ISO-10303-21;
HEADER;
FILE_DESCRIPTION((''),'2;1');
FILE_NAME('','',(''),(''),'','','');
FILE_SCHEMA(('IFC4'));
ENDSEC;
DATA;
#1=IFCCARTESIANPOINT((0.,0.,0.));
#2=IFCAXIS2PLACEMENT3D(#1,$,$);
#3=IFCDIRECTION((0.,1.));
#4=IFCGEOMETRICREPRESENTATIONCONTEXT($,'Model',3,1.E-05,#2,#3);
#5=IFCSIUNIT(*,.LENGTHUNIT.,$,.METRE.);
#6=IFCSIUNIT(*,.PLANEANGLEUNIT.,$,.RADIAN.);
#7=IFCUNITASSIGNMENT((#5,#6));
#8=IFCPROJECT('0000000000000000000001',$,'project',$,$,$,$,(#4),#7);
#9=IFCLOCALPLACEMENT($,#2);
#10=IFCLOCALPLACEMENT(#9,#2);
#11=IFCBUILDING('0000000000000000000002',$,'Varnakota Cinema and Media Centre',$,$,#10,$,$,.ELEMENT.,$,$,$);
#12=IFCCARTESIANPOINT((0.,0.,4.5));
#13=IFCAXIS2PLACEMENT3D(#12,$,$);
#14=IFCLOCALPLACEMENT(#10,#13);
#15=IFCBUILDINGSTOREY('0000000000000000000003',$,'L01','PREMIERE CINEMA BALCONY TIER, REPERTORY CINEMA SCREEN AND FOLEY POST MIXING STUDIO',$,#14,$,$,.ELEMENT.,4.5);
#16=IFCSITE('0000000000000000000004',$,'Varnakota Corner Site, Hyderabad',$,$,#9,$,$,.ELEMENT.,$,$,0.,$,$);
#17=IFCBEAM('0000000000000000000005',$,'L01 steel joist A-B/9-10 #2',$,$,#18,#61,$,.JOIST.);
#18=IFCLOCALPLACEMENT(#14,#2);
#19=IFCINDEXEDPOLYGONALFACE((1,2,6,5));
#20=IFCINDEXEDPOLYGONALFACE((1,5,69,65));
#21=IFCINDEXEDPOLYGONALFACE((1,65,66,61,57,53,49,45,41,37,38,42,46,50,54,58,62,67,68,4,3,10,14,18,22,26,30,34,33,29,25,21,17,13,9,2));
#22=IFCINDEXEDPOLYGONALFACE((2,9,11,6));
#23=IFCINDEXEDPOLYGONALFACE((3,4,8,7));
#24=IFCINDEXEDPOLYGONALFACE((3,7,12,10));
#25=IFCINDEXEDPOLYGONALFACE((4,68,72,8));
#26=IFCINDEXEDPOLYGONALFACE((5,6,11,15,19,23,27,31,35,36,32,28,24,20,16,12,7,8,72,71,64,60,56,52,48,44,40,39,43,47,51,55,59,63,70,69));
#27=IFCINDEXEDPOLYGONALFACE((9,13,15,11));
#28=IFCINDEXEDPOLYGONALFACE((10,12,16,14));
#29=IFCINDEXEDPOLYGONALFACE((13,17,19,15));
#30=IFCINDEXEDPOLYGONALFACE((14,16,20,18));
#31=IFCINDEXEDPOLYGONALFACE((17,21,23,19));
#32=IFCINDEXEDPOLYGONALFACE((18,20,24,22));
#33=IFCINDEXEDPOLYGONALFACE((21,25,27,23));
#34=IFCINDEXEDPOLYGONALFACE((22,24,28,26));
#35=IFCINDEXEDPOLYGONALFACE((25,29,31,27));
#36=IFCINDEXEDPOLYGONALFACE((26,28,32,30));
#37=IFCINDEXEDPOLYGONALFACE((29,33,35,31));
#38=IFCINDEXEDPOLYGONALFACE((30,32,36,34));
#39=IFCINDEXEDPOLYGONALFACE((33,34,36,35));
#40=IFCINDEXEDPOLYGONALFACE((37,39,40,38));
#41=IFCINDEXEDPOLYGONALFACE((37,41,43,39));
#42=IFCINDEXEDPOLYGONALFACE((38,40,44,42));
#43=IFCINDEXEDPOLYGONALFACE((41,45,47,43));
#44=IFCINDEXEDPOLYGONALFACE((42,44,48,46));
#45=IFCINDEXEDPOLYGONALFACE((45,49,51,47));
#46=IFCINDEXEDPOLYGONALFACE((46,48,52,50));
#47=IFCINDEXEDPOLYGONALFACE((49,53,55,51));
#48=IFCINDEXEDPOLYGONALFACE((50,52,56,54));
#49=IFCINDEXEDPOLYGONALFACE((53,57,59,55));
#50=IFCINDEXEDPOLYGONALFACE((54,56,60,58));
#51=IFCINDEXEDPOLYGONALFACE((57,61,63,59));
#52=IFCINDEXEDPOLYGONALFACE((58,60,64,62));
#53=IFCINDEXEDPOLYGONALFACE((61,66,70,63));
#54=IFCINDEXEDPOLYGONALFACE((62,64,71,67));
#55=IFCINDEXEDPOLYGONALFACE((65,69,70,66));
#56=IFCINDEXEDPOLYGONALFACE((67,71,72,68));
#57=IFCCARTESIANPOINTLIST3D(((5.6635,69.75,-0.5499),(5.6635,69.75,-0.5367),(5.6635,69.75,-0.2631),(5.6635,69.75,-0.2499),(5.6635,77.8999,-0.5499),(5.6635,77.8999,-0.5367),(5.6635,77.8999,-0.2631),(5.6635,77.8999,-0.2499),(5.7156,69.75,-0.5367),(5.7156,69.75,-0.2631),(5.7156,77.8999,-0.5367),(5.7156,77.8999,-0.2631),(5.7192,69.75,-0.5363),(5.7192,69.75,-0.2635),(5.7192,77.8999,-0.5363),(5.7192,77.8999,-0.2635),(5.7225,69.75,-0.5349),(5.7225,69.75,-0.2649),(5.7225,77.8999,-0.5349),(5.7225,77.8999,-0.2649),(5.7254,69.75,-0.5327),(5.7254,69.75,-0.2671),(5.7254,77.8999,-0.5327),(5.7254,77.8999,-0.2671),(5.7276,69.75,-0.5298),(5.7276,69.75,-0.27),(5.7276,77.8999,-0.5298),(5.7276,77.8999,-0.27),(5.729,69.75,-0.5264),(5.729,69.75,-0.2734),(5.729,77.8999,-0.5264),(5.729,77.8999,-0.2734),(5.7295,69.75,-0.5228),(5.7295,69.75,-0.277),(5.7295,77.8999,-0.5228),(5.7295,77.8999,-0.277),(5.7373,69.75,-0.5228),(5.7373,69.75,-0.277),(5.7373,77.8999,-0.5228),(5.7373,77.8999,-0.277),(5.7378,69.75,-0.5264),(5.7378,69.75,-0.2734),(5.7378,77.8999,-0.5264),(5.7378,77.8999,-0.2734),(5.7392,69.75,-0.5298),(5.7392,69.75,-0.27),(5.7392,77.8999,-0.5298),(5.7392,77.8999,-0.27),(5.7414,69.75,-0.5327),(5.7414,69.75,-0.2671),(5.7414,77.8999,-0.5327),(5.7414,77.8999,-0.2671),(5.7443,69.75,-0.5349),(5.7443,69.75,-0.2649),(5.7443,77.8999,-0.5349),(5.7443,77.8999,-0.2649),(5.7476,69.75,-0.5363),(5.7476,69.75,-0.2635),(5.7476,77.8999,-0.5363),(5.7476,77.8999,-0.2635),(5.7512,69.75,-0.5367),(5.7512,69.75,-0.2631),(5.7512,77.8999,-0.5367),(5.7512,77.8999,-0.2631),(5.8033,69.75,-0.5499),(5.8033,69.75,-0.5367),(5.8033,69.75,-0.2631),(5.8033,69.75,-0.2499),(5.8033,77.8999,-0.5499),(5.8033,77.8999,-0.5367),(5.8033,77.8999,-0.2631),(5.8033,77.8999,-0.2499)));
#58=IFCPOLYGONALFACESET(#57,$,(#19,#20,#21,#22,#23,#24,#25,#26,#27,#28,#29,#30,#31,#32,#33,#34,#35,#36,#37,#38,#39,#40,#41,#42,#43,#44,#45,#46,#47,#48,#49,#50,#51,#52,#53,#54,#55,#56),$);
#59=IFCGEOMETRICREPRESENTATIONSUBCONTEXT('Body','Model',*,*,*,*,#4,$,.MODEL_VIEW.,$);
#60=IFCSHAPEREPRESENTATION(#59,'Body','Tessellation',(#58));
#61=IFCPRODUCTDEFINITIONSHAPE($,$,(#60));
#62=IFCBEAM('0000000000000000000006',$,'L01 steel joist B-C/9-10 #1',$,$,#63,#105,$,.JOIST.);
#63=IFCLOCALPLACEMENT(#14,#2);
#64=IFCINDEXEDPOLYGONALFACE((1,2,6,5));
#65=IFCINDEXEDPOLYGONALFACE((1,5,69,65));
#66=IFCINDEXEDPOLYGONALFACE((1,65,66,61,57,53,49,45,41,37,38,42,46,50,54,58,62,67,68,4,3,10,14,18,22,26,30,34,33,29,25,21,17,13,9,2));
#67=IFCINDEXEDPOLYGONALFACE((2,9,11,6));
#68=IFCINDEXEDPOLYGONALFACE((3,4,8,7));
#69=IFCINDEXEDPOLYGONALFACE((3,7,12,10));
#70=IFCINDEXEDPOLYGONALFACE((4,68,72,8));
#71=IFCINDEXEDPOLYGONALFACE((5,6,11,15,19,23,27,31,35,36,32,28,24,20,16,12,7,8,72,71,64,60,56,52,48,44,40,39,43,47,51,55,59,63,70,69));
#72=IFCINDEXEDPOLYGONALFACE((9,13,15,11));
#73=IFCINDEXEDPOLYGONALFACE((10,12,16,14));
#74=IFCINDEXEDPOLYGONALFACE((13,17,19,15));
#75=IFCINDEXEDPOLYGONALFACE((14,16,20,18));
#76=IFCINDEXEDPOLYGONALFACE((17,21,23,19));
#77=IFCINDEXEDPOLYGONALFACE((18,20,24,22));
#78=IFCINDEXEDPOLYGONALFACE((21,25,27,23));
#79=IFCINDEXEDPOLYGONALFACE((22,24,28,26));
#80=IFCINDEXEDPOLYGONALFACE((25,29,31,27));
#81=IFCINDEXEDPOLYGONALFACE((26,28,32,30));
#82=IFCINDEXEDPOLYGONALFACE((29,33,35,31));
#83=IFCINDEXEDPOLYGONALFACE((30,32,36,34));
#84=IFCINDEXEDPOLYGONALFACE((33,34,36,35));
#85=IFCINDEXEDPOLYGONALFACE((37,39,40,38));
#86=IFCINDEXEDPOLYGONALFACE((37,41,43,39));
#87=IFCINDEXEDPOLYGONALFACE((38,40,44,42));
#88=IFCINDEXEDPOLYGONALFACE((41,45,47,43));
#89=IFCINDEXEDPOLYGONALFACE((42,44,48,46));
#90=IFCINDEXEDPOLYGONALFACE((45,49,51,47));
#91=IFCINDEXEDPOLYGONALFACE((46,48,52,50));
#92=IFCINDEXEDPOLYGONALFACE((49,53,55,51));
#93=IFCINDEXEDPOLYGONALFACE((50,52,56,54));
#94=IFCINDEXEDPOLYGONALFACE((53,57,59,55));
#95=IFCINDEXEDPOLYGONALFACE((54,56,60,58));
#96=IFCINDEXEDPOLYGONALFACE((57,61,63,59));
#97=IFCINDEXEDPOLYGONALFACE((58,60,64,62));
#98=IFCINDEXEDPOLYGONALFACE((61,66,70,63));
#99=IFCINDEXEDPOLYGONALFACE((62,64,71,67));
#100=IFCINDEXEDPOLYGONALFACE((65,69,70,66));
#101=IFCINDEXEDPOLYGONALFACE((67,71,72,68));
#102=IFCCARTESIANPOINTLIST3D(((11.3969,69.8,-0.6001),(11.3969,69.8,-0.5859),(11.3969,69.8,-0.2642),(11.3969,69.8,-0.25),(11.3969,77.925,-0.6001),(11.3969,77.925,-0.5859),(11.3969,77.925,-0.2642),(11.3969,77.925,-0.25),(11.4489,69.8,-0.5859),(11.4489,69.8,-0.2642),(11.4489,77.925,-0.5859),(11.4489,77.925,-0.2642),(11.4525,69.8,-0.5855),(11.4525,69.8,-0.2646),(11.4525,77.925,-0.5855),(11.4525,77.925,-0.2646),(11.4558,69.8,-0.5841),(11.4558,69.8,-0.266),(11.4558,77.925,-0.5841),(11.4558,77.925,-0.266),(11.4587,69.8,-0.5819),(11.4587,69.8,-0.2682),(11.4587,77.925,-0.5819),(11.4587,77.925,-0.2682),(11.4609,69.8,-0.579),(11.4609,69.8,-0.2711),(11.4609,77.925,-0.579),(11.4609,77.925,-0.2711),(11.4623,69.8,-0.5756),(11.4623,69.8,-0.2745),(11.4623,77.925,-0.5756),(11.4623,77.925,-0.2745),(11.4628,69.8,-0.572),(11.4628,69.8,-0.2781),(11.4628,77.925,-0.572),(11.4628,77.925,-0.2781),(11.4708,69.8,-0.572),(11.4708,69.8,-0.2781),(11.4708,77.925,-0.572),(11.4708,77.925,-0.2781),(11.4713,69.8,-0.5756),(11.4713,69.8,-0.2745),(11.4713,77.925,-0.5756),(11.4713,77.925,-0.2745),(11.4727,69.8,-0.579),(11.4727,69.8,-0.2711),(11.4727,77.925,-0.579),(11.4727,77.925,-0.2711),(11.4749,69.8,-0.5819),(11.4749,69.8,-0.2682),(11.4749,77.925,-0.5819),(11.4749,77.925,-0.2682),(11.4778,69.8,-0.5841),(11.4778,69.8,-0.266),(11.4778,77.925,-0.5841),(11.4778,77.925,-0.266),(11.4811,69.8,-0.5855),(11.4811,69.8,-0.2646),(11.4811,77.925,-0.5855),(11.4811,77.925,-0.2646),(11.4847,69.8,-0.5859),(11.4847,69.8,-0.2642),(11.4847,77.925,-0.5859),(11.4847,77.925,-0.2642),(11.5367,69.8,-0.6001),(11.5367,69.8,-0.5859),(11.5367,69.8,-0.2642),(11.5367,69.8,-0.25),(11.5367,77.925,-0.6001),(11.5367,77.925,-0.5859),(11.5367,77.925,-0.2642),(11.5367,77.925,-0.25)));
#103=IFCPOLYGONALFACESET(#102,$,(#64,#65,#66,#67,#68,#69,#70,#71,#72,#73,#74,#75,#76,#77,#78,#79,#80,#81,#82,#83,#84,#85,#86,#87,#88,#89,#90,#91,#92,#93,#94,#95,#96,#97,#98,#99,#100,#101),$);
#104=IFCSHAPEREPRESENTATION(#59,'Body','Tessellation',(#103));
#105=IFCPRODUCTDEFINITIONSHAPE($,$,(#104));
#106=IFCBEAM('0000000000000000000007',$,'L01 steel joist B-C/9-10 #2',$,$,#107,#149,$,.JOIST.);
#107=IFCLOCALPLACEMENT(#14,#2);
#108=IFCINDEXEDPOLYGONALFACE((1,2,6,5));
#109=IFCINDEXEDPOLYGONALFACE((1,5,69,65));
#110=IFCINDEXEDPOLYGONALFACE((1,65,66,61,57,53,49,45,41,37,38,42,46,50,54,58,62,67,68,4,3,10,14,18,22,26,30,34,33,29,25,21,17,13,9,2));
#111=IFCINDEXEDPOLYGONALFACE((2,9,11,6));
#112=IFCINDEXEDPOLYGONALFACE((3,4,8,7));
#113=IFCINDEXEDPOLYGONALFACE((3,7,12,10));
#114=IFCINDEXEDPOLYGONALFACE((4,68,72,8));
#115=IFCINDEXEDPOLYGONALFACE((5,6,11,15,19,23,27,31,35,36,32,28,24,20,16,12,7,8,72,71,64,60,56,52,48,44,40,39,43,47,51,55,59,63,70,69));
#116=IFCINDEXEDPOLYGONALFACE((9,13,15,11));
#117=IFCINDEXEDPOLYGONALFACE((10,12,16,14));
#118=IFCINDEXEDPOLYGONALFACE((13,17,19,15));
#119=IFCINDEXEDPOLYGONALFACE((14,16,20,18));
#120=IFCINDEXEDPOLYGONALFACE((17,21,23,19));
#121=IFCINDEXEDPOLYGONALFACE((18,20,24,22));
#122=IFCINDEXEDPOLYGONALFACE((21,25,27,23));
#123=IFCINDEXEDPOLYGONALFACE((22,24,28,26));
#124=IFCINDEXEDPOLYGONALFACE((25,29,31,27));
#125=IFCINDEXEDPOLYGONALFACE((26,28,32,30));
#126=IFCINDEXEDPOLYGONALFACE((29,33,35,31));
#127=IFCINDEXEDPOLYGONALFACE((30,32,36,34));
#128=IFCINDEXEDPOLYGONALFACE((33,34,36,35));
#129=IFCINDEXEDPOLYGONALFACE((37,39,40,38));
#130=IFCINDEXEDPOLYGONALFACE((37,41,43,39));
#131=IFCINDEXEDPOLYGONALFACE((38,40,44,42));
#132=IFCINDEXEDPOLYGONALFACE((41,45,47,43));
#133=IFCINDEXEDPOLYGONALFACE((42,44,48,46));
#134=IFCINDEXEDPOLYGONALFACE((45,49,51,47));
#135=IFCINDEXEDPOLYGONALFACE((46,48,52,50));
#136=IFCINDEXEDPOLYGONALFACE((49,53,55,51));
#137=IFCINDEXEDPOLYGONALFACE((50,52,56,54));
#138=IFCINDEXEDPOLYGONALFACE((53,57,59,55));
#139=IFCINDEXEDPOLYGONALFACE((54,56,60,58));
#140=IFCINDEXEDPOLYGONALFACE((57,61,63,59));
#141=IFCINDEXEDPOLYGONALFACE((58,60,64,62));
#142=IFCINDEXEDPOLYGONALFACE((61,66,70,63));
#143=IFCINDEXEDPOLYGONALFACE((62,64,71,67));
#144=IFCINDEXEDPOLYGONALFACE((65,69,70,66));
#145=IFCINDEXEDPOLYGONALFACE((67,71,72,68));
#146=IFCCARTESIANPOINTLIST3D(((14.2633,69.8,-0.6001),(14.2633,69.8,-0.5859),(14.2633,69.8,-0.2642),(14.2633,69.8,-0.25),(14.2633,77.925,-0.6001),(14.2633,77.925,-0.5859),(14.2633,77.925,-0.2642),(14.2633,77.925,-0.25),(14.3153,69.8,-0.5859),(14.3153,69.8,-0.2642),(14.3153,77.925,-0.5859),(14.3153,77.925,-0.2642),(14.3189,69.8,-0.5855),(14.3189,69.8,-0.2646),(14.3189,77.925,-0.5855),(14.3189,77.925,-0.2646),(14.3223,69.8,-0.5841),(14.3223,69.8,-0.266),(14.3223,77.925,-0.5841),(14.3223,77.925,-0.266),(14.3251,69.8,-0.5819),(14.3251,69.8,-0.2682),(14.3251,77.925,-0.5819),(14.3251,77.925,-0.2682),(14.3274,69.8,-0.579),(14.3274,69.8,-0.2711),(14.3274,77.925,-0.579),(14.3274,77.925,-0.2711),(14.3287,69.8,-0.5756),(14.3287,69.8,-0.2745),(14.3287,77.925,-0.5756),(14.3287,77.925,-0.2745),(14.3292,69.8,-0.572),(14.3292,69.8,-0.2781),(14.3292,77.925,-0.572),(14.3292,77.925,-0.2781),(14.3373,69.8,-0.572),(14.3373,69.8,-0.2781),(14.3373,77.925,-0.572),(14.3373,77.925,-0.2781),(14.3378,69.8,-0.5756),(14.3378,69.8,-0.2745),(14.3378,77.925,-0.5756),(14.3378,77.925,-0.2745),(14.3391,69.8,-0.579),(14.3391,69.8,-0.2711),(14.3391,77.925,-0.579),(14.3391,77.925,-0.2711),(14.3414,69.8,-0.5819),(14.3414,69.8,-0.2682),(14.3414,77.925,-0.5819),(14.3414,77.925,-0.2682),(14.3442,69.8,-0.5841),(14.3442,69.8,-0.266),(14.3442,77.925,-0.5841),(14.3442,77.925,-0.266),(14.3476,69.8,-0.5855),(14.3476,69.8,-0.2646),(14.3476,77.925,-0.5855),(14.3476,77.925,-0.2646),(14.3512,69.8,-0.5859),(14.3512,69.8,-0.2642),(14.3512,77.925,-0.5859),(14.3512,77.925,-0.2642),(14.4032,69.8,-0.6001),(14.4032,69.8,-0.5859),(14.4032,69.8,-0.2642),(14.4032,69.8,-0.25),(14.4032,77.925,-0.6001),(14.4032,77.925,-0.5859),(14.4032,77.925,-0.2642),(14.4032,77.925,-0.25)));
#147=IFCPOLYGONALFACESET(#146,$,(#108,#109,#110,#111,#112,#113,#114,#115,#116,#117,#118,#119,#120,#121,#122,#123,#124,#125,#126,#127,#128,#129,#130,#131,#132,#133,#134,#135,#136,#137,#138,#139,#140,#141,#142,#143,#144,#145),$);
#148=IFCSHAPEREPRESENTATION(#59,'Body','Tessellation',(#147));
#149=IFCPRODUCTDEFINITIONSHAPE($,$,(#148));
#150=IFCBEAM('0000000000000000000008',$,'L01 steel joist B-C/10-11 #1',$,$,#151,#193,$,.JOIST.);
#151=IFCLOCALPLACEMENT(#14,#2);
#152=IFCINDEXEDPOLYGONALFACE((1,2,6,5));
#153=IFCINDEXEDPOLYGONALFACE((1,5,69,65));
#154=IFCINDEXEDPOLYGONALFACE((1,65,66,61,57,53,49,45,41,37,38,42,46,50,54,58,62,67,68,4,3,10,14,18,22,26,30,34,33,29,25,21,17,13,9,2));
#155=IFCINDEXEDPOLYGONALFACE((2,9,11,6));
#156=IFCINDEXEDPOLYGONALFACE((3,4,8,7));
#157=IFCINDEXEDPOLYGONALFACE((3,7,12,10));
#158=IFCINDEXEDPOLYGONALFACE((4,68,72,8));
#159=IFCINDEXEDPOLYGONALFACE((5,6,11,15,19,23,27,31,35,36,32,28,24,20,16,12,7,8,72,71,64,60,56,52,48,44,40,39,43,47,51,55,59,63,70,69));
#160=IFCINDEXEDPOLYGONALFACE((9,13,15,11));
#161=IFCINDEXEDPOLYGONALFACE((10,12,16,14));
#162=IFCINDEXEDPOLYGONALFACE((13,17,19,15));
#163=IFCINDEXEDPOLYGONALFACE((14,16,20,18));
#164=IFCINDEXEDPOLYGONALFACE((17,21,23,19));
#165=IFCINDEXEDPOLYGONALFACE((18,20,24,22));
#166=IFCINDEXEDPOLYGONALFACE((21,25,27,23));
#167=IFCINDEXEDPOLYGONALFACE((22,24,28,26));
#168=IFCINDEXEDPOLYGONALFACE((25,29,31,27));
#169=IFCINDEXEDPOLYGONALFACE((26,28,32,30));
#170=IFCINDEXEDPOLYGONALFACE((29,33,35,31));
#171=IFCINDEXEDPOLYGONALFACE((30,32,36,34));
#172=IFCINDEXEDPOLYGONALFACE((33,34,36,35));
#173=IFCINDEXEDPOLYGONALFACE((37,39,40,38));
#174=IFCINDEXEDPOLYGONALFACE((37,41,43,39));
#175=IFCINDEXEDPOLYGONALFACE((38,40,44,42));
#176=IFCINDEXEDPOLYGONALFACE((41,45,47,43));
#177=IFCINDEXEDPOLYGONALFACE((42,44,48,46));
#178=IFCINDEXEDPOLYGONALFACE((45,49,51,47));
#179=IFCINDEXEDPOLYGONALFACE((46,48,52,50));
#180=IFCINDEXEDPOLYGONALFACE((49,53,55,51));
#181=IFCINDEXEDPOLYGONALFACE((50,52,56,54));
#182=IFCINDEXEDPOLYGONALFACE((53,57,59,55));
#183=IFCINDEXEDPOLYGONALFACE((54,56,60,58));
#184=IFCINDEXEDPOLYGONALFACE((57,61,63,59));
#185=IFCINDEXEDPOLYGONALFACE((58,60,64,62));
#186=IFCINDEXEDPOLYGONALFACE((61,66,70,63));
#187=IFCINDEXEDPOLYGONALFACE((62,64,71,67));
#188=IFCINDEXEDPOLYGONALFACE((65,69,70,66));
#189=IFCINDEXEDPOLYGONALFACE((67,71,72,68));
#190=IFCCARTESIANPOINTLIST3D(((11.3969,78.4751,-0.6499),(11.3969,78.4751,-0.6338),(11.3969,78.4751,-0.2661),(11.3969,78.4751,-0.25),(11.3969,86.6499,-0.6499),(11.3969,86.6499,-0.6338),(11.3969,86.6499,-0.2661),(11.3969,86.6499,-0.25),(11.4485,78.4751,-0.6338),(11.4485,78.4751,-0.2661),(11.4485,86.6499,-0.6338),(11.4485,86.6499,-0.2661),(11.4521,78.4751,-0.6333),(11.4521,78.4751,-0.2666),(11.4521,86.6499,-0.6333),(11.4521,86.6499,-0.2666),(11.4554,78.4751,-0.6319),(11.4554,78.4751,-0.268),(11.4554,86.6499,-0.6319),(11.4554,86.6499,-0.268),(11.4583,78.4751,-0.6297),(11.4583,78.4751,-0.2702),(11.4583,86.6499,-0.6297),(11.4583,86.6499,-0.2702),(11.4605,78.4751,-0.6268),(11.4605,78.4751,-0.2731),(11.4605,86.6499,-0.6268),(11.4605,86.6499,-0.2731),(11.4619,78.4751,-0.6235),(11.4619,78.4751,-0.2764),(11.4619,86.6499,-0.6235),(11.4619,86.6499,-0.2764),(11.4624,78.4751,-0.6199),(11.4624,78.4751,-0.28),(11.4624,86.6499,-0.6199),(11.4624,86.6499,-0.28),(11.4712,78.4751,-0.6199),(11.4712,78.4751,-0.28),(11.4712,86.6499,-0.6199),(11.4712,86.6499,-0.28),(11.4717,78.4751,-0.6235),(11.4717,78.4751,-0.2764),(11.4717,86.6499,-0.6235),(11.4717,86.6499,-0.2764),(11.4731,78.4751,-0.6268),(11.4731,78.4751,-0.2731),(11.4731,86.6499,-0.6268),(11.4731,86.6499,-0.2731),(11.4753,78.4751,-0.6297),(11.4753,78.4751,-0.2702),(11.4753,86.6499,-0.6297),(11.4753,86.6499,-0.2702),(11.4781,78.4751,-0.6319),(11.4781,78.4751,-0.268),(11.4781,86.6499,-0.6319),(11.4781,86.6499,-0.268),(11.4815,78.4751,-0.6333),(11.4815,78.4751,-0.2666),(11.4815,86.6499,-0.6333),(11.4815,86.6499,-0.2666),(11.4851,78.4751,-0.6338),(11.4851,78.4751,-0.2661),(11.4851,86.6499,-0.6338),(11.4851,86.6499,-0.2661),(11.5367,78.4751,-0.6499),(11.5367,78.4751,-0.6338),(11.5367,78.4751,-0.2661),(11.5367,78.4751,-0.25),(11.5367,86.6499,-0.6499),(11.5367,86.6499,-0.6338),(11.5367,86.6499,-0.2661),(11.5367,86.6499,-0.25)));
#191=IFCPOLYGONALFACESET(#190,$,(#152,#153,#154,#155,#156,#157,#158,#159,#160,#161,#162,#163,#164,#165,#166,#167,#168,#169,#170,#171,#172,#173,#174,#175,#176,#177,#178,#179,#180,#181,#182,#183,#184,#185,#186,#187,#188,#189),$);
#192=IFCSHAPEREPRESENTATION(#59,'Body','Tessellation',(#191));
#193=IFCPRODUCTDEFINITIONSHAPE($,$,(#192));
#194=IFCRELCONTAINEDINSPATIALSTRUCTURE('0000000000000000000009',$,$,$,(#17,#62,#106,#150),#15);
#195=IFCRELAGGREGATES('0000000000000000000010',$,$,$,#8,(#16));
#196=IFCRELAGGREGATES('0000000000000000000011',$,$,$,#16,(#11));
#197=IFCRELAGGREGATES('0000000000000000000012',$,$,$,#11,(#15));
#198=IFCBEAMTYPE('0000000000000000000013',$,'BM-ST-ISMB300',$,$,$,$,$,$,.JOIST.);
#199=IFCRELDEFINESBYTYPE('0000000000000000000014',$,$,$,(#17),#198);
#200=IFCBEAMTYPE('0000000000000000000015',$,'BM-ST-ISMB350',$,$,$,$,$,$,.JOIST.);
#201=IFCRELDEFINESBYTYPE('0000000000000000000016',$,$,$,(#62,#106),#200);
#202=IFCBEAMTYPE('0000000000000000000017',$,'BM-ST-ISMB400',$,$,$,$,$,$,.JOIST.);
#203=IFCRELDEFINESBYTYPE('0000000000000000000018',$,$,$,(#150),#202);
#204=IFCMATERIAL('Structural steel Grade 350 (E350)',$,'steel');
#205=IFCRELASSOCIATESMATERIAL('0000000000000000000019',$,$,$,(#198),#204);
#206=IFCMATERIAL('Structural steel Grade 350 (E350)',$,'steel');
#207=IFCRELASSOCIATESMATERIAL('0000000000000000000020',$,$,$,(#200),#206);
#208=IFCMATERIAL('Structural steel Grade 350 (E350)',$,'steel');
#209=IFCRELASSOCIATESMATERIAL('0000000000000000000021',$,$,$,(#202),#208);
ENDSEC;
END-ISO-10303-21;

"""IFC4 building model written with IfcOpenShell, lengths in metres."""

from ifc_helpers import new_model, si_unit, direction, frame, origin, origin_2d, place, context, subcontext, project, spatial, i_section, extrude, material, material_profile, profile_set, type_object, element, save


model = new_model("IFC4")

# Units and contexts
model_context = context("Model", 3, precision=1e-05, world=origin(), true_north=direction((0.0, 1.0)))
body_context = subcontext(model_context, "Body", "Model", "MODEL_VIEW")
ifc_project = project(units=[si_unit("LENGTHUNIT", "METRE"), si_unit("PLANEANGLEUNIT", "RADIAN")], contexts=[model_context])

# Site, building, storey
site_placement = place(None, origin())
site = spatial("IfcSite", under=ifc_project, at=site_placement, Name="Varnakota Corner Site, Hyderabad", CompositionType="ELEMENT", RefElevation=0.0)
building_placement = place(site_placement, origin())
building = spatial("IfcBuilding", under=site, at=building_placement, Name="Varnakota Cinema and Media Centre", CompositionType="ELEMENT")
storey_placement = place(building_placement, frame((0.0, 0.0, 4.5)))
storey = spatial("IfcBuildingStorey", under=building, at=storey_placement, Name="L01", Description="PREMIERE CINEMA BALCONY TIER, REPERTORY CINEMA SCREEN AND FOLEY POST MIXING STUDIO", CompositionType="ELEMENT", Elevation=4.5)

# Beams
ifc_material_1 = material(Name="Structural steel Grade 350 (E350)", Category="steel")
ifc_material_profile_1 = material_profile(ifc_material_1, i_section(OverallWidth=0.1399, OverallDepth=0.3, WebThickness=0.0078, FlangeThickness=0.0132, FilletRadius=0.0139, at=origin_2d()), Name="ISMB 300")
ifc_profile_set_1 = profile_set([ifc_material_profile_1], Name="Structural steel Grade 350 (E350)")
beam_type_1 = type_object("IfcBeamType", Name="BM-ST-ISMB300", PredefinedType="JOIST", material=ifc_profile_set_1)
beam_1_placement = place(storey_placement, frame((5.7334, 69.75, -0.3999), z_axis=(0.0, 1.0, 0.0), x_axis=(-1.0, 0.0, 0.0)))
element("IfcBeam", 1, at=beam_1_placement, inside=storey, type_object=beam_type_1, Name="L01 steel joist A-B/9-10 #2", PredefinedType="JOIST", context=body_context, shape_type="SweptSolid", body=[
    extrude(i_section(OverallWidth=0.1399, OverallDepth=0.3, WebThickness=0.0078, FlangeThickness=0.0132, FilletRadius=0.0139, at=origin_2d()), origin(), (0.0, 0.0, 1.0), 8.1499),
])
ifc_material_2 = material(Name="Structural steel Grade 350 (E350)", Category="steel")
ifc_material_profile_2 = material_profile(ifc_material_2, i_section(OverallWidth=0.1399, OverallDepth=0.3501, WebThickness=0.0081, FlangeThickness=0.0142, FilletRadius=0.0139, at=origin_2d()), Name="ISMB 350")
ifc_profile_set_2 = profile_set([ifc_material_profile_2], Name="Structural steel Grade 350 (E350)")
beam_type_2 = type_object("IfcBeamType", Name="BM-ST-ISMB350", PredefinedType="JOIST", material=ifc_profile_set_2)
for number, where, z_axis, x_axis, name in (
    (2, (11.4668, 69.8, -0.425), (0.0, 1.0, 0.0), (-1.0, 0.0, 0.0), "L01 steel joist B-C/9-10 #1"),
    (3, (14.3333, 69.8, -0.425), (0.0, 1.0, 0.0), (-1.0, 0.0, 0.0), "L01 steel joist B-C/9-10 #2"),
):
    element("IfcBeam", number, at=place(storey_placement, frame(where, z_axis=z_axis, x_axis=x_axis)), inside=storey, type_object=beam_type_2, Name=name, PredefinedType="JOIST", context=body_context, shape_type="SweptSolid", body=[
        extrude(i_section(OverallWidth=0.1399, OverallDepth=0.3501, WebThickness=0.0081, FlangeThickness=0.0142, FilletRadius=0.0139, at=origin_2d()), origin(), (0.0, 0.0, 1.0), 8.125),
    ])
ifc_material_3 = material(Name="Structural steel Grade 350 (E350)", Category="steel")
ifc_material_profile_3 = material_profile(ifc_material_3, i_section(OverallWidth=0.1399, OverallDepth=0.3999, WebThickness=0.0088, FlangeThickness=0.0161, FilletRadius=0.0139, at=origin_2d()), Name="ISMB 400")
ifc_profile_set_3 = profile_set([ifc_material_profile_3], Name="Structural steel Grade 350 (E350)")
beam_type_3 = type_object("IfcBeamType", Name="BM-ST-ISMB400", PredefinedType="JOIST", material=ifc_profile_set_3)
for number, where, z_axis, x_axis, name in (
    (4, (11.4668, 78.4751, -0.45), (0.0, 1.0, 0.0), (-1.0, 0.0, 0.0), "L01 steel joist B-C/10-11 #1"),
):
    element("IfcBeam", number, at=place(storey_placement, frame(where, z_axis=z_axis, x_axis=x_axis)), inside=storey, type_object=beam_type_3, Name=name, PredefinedType="JOIST", context=body_context, shape_type="SweptSolid", body=[
        extrude(i_section(OverallWidth=0.1399, OverallDepth=0.3999, WebThickness=0.0088, FlangeThickness=0.0161, FilletRadius=0.0139, at=origin_2d()), origin(), (0.0, 0.0, 1.0), 8.1748),
    ])

save(model, "model.ifc")
